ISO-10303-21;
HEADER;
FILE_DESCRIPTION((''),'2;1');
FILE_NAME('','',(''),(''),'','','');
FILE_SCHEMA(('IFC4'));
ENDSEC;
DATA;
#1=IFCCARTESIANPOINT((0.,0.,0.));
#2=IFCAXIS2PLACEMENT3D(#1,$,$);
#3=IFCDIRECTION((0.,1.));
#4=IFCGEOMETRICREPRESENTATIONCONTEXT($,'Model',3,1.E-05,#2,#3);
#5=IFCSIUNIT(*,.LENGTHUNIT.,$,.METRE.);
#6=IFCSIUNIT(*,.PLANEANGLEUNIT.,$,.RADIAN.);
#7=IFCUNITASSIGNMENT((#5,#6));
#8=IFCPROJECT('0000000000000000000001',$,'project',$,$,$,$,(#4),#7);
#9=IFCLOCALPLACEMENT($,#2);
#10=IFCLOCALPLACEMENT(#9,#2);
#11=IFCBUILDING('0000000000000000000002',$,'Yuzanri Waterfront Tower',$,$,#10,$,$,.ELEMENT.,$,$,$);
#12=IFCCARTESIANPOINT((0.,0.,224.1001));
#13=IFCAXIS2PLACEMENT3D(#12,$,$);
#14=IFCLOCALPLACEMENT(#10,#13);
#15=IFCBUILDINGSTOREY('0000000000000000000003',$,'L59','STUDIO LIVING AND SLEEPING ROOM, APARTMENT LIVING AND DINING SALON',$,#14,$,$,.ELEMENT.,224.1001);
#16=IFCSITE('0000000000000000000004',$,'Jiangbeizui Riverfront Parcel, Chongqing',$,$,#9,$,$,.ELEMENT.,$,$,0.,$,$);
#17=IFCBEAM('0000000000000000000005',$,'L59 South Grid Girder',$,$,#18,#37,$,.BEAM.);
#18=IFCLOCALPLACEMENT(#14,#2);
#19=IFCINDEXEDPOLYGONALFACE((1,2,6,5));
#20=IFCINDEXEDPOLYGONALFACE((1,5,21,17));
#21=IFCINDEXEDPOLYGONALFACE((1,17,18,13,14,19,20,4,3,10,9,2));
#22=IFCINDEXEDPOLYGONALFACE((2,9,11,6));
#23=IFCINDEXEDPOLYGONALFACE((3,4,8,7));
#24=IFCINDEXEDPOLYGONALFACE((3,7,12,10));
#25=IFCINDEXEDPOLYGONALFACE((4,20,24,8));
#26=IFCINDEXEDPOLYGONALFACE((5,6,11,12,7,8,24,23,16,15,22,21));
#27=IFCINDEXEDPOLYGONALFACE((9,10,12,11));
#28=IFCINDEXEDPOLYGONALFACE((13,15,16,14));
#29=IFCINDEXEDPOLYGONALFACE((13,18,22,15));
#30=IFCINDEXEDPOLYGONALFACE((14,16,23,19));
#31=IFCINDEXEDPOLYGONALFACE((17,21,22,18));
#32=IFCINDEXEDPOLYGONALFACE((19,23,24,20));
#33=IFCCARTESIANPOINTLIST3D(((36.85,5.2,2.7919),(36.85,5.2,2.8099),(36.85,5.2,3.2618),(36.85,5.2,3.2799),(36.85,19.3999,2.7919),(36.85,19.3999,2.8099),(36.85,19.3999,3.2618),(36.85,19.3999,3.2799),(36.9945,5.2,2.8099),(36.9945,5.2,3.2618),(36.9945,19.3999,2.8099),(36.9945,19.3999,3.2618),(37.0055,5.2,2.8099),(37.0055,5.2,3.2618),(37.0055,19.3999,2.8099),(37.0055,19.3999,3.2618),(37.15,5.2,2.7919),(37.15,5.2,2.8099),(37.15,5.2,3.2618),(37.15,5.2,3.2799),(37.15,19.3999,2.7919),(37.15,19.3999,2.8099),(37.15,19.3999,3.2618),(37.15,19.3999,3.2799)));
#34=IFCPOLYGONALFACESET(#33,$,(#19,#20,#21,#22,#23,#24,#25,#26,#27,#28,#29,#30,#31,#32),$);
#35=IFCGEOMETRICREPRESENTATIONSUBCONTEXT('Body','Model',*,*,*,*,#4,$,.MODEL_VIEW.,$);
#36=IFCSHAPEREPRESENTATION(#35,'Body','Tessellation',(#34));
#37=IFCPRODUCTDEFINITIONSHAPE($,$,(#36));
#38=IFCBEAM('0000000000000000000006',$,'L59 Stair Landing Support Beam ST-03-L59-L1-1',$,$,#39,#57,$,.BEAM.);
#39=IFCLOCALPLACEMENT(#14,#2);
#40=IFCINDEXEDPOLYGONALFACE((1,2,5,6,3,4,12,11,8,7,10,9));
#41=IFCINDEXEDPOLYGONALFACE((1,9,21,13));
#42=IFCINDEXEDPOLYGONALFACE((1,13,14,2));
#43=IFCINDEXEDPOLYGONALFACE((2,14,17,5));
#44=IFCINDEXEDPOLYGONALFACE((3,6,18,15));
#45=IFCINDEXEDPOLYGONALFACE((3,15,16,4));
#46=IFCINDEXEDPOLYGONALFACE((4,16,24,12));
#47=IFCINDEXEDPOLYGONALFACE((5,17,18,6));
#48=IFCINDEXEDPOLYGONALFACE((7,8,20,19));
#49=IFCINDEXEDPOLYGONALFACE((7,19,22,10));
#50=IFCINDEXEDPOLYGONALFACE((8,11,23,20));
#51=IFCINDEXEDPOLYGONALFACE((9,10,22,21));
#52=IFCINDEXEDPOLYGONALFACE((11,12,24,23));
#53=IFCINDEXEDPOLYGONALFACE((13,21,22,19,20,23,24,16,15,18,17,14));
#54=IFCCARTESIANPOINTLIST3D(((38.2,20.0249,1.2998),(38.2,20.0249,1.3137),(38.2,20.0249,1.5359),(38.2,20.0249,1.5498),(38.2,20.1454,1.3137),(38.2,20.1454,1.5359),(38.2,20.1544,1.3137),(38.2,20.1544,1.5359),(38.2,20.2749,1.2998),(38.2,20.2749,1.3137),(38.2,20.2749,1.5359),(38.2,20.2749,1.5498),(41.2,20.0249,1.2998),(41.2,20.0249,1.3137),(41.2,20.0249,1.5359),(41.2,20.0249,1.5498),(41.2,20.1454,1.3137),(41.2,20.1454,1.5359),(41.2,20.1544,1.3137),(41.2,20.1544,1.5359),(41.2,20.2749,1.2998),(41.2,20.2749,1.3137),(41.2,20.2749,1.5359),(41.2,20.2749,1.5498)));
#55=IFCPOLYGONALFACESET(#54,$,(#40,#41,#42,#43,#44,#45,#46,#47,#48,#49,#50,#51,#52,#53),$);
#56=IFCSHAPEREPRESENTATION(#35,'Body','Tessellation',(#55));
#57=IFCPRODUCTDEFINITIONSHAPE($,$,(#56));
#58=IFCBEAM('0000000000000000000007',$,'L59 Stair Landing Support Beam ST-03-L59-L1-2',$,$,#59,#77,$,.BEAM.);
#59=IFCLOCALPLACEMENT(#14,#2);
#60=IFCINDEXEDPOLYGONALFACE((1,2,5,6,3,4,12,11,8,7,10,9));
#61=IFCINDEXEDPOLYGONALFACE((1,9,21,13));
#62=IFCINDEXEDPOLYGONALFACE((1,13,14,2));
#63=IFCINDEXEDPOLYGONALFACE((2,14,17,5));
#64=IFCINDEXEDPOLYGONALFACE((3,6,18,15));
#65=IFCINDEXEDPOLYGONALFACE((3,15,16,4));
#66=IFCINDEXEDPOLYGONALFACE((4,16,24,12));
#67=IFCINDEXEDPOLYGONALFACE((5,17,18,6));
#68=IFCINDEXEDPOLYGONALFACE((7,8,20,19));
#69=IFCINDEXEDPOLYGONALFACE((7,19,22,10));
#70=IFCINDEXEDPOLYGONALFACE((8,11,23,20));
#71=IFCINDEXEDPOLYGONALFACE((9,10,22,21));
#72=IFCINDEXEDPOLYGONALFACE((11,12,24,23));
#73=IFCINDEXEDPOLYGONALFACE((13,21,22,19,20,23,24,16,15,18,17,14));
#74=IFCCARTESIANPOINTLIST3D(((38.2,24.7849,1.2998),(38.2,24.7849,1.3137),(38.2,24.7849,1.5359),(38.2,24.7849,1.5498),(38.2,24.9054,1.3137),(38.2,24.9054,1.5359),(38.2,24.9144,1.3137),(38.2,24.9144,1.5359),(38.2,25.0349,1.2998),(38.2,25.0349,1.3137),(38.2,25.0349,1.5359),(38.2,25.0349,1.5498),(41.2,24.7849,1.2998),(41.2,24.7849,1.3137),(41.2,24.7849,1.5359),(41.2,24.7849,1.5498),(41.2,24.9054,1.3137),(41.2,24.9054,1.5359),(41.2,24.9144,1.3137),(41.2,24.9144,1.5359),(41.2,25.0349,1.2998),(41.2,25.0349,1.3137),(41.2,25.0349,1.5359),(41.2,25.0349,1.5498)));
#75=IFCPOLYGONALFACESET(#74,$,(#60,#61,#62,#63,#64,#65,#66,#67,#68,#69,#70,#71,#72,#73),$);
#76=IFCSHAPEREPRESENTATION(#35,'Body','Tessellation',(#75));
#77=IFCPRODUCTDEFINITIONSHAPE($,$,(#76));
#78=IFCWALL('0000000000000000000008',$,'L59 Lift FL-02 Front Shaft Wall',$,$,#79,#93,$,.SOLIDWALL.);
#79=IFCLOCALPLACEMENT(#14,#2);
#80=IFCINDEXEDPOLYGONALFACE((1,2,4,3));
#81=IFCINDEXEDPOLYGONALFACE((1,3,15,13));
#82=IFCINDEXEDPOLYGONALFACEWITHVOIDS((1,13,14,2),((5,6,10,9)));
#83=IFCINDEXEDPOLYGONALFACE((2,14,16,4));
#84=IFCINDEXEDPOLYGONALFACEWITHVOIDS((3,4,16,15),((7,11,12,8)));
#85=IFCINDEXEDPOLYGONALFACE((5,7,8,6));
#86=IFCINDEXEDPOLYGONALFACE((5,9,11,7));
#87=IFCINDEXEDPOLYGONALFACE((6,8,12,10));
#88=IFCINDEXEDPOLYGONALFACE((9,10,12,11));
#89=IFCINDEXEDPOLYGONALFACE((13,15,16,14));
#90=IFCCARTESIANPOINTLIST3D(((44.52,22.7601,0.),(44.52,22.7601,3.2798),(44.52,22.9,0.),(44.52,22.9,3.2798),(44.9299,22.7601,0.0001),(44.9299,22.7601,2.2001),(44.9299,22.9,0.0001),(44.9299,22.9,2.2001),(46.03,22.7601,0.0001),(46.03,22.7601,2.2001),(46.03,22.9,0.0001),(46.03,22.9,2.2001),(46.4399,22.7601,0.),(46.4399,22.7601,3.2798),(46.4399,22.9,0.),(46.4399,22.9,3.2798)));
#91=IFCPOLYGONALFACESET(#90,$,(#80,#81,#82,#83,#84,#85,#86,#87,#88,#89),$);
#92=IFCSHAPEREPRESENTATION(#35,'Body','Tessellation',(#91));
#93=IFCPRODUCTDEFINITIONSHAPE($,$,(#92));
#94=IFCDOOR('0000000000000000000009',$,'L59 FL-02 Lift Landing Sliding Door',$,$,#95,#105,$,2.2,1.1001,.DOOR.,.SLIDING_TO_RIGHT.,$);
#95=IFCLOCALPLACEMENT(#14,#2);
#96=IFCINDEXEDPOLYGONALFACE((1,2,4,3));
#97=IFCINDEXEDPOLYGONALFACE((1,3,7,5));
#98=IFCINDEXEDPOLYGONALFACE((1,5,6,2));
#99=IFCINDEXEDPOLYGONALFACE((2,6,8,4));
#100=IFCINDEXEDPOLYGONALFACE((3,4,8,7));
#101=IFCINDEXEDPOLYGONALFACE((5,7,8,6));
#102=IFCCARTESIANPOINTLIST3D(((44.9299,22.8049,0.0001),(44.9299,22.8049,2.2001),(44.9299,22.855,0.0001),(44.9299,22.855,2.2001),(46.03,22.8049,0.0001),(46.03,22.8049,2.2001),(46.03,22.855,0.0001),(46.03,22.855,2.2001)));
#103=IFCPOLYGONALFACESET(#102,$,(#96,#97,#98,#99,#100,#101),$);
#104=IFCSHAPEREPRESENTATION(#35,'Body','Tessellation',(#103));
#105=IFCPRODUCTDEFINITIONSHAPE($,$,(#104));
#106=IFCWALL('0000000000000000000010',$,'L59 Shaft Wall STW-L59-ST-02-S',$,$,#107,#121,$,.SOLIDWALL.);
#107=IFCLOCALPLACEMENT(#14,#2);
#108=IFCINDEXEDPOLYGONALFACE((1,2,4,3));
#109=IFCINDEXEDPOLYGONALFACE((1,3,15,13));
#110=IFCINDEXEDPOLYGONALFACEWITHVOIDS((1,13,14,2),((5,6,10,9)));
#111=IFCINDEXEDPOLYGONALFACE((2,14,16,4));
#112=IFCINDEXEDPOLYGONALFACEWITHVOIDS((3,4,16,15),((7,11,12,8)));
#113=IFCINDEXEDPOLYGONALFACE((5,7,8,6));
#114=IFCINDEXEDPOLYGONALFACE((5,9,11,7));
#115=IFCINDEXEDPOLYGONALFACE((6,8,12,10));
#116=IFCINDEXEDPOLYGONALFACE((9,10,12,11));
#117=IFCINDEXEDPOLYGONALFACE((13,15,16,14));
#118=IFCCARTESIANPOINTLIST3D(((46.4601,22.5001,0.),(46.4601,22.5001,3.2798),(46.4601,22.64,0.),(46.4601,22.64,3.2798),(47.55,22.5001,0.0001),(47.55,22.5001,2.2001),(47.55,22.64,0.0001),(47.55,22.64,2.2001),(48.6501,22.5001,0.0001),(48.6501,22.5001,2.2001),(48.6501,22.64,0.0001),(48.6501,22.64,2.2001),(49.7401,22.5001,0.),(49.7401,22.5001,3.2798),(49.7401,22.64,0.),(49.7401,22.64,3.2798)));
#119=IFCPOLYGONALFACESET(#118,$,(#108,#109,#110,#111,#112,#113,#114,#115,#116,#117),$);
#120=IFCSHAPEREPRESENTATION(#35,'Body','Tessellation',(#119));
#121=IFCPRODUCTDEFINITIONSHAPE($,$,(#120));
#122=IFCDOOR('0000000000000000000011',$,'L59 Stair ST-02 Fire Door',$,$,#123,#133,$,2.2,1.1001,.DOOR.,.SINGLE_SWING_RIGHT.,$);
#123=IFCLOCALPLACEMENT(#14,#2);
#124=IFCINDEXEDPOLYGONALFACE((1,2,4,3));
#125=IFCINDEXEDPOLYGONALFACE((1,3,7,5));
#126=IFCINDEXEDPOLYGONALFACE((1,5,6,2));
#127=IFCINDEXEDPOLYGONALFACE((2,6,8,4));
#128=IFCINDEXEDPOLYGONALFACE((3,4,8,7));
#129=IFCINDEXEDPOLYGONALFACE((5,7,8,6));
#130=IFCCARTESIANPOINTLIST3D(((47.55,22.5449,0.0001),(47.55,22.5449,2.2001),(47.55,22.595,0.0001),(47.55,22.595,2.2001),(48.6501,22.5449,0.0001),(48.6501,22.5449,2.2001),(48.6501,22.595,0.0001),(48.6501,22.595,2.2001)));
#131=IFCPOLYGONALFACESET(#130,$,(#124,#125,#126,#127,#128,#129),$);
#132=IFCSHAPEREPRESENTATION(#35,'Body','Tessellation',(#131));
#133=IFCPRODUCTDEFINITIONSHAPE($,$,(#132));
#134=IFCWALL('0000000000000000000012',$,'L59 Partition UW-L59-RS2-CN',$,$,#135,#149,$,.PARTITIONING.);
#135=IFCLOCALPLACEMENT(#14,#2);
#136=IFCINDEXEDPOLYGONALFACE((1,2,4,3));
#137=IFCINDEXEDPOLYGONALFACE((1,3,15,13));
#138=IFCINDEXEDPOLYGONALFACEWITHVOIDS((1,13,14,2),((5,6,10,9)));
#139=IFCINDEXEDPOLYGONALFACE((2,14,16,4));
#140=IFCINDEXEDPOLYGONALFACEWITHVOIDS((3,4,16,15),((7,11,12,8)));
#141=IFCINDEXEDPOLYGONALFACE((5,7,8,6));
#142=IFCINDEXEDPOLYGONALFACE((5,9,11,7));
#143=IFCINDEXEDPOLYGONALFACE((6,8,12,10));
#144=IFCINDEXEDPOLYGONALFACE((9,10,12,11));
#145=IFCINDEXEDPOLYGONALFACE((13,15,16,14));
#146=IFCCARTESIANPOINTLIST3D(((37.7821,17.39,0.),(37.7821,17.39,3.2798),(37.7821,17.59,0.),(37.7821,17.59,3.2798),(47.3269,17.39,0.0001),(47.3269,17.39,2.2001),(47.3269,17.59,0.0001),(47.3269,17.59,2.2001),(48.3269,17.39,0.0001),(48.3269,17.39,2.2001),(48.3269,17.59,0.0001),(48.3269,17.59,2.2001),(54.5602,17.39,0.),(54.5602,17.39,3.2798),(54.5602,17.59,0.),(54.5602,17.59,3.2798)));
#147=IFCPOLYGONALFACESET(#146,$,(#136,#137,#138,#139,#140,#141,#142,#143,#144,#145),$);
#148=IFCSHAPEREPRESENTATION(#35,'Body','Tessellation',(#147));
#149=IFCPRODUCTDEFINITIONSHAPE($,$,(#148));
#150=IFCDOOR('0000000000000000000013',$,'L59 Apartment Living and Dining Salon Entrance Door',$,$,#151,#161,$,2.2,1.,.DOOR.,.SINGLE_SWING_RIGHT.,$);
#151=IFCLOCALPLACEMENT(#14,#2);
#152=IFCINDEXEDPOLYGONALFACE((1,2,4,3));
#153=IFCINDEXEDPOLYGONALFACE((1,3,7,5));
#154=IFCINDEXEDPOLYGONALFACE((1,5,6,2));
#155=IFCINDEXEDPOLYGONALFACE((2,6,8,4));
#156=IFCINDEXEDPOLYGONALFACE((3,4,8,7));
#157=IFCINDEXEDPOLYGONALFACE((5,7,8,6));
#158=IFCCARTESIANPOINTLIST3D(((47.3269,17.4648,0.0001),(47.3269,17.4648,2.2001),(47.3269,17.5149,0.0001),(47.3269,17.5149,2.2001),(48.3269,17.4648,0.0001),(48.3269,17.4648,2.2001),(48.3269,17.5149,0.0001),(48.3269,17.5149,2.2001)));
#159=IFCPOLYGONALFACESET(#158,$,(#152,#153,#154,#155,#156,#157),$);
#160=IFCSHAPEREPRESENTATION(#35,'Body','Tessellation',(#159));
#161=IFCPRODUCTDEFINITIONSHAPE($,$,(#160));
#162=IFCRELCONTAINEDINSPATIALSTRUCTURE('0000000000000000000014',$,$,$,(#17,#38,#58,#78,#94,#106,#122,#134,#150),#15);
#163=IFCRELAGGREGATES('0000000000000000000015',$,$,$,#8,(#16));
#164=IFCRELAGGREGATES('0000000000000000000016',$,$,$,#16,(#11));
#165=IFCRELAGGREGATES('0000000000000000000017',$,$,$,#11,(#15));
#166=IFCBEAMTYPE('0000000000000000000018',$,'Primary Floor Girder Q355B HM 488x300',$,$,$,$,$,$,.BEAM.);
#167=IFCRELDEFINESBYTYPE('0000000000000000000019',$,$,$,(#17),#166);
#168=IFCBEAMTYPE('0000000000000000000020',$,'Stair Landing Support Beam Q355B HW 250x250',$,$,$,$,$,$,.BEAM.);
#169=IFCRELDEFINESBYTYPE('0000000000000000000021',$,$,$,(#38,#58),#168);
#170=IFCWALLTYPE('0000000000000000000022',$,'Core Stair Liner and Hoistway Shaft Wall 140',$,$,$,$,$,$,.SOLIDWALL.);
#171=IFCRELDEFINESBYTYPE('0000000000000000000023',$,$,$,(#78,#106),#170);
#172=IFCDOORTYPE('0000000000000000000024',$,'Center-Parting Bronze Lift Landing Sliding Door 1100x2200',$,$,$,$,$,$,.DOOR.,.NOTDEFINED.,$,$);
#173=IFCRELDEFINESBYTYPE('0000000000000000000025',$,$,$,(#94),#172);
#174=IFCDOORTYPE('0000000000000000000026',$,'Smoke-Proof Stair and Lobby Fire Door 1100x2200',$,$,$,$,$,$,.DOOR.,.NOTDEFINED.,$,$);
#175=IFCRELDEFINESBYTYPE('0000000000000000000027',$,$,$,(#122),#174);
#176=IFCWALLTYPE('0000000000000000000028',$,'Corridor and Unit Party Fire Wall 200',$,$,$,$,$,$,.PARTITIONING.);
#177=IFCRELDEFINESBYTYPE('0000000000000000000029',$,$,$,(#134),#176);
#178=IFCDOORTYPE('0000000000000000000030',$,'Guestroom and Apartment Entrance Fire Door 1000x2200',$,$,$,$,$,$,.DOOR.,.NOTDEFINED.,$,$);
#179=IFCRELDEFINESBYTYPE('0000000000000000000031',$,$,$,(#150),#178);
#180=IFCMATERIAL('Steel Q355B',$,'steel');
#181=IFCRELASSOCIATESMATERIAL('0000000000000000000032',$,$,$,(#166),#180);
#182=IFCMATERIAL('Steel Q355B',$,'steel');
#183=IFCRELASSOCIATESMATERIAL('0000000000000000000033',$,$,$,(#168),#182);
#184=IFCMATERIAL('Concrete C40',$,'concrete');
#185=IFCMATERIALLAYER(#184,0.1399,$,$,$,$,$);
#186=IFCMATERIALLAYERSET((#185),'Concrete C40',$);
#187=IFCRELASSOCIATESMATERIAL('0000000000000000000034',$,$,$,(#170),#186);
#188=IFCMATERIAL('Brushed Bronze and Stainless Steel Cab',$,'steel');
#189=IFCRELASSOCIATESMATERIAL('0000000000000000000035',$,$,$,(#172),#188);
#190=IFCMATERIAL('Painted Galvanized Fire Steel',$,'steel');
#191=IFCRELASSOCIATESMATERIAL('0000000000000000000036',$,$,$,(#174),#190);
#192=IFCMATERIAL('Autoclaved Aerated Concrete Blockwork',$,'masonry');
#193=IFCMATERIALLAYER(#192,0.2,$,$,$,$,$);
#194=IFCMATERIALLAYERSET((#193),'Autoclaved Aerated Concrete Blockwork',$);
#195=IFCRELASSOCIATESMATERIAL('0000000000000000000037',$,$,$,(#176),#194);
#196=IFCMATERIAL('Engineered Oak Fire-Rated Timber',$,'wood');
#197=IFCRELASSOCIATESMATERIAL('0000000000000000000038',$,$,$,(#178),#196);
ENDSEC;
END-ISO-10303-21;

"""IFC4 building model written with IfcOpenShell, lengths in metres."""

from ifc_helpers import new_model, si_unit, direction, frame, frame_2d, origin, origin_2d, place, context, subcontext, project, spatial, rectangle, i_section, extrude, source, transform, mapped, material, layer, layer_set, material_profile, profile_set, type_object, element, fill, save


model = new_model("IFC4")

# Units and contexts
model_context = context("Model", 3, precision=1e-05, world=origin(), true_north=direction((0.0, 1.0)))
body_context = subcontext(model_context, "Body", "Model", "MODEL_VIEW")
ifc_project = project(units=[si_unit("LENGTHUNIT", "METRE"), si_unit("PLANEANGLEUNIT", "RADIAN")], contexts=[model_context])

# Site, building, storey
site_placement = place(None, origin())
site = spatial("IfcSite", under=ifc_project, at=site_placement, Name="Jiangbeizui Riverfront Parcel, Chongqing", CompositionType="ELEMENT", RefElevation=0.0)
building_placement = place(site_placement, origin())
building = spatial("IfcBuilding", under=site, at=building_placement, Name="Yuzanri Waterfront Tower", CompositionType="ELEMENT")
storey_placement = place(building_placement, frame((0.0, 0.0, 224.1001)))
storey = spatial("IfcBuildingStorey", under=building, at=storey_placement, Name="L59", Description="STUDIO LIVING AND SLEEPING ROOM, APARTMENT LIVING AND DINING SALON", CompositionType="ELEMENT", Elevation=224.1001)

# Beams
ifc_material_1 = material(Name="Steel Q355B", Category="steel")
ifc_material_profile_1 = material_profile(ifc_material_1, i_section(OverallWidth=0.3, OverallDepth=0.488, WebThickness=0.011, FlangeThickness=0.0181, at=origin_2d()), Name="HM 488x300x11x18")
ifc_profile_set_1 = profile_set([ifc_material_profile_1], Name="Steel Q355B")
beam_type_1 = type_object("IfcBeamType", Name="Primary Floor Girder Q355B HM 488x300", PredefinedType="BEAM", material=ifc_profile_set_1)
shared_shape_1 = source(origin(), body_context, "Body", "SweptSolid", [
    extrude(i_section(OverallWidth=0.3, OverallDepth=0.488, WebThickness=0.011, FlangeThickness=0.0181, at=origin_2d()), origin(), (0.0, 0.0, 1.0), 14.2),
])
beam_placement = place(storey_placement, frame((37.0, 19.3999, 3.0359), z_axis=(0.0, -1.0, 0.0), x_axis=(1.0, 0.0, 0.0)))
element("IfcBeam", 1, at=beam_placement, inside=storey, type_object=beam_type_1, Name="L59 South Grid Girder", PredefinedType="BEAM", context=body_context, shape_type="MappedRepresentation", body=[
    mapped(shared_shape_1, transform((0.0, 0.0, 0.0), scale=1.0)),
])
ifc_material_2 = material(Name="Steel Q355B", Category="steel")
ifc_material_profile_2 = material_profile(ifc_material_2, i_section(OverallWidth=0.25, OverallDepth=0.25, WebThickness=0.009, FlangeThickness=0.0139, at=origin_2d()), Name="HW 250x250x9x14")
ifc_profile_set_2 = profile_set([ifc_material_profile_2], Name="Steel Q355B")
beam_type_2 = type_object("IfcBeamType", Name="Stair Landing Support Beam Q355B HW 250x250", PredefinedType="BEAM", material=ifc_profile_set_2)
shared_shape_2 = source(origin(), body_context, "Body", "SweptSolid", [
    extrude(i_section(OverallWidth=0.25, OverallDepth=0.25, WebThickness=0.009, FlangeThickness=0.0139, at=origin_2d()), origin(), (0.0, 0.0, 1.0), 3.0),
])
for number, where, z_axis, x_axis, name in (
    (2, (38.2, 20.1499, 1.4248), (1.0, 0.0, 0.0), (0.0, 1.0, 0.0), "L59 Stair Landing Support Beam ST-03-L59-L1-1"),
    (3, (38.2, 24.9099, 1.4248), (1.0, 0.0, 0.0), (0.0, 1.0, 0.0), "L59 Stair Landing Support Beam ST-03-L59-L1-2"),
):
    element("IfcBeam", number, at=place(storey_placement, frame(where, z_axis=z_axis, x_axis=x_axis)), inside=storey, type_object=beam_type_2, Name=name, PredefinedType="BEAM", context=body_context, shape_type="MappedRepresentation", body=[
        mapped(shared_shape_2, transform((0.0, 0.0, 0.0), scale=1.0)),
    ])

# Walls, openings, doors
ifc_material_3 = material(Name="Concrete C40", Category="concrete")
ifc_layer_1 = layer(ifc_material_3, 0.1399)
ifc_layer_set_1 = layer_set([ifc_layer_1], Name="Concrete C40")
wall_type_1 = type_object("IfcWallType", Name="Core Stair Liner and Hoistway Shaft Wall 140", PredefinedType="SOLIDWALL", material=ifc_layer_set_1)
wall_1_placement = place(storey_placement, frame((44.52, 22.8301, 0.0), z_axis=(0.0, 0.0, 1.0), x_axis=(1.0, 0.0, 0.0)))
wall_1 = element("IfcWall", 4, at=wall_1_placement, inside=storey, type_object=wall_type_1, Name="L59 Lift FL-02 Front Shaft Wall", PredefinedType="SOLIDWALL", context=body_context, shape_type="SweptSolid", body=[
    extrude(rectangle(XDim=1.9199, YDim=0.1399, at=frame_2d((0.96, 0.0))), origin(), (0.0, 0.0, 1.0), 3.2798),
])
opening_1_placement = place(wall_1_placement, frame((0.4099, 0.0, 0.0)))
opening_1 = element("IfcOpeningElement", 5, at=opening_1_placement, cuts=wall_1, PredefinedType="OPENING", context=body_context, shape_type="SweptSolid", body=[
    extrude(rectangle(XDim=1.1001, YDim=2.2, at=frame_2d((0.55, 1.1001))), frame((0.0, 0.085, 0.0), z_axis=(0.0, -1.0, 0.0), x_axis=(1.0, 0.0, 0.0)), (0.0, 0.0, 1.0), 0.1697),
])
ifc_material_4 = material(Name="Brushed Bronze and Stainless Steel Cab", Category="steel")
door_type_1 = type_object("IfcDoorType", Name="Center-Parting Bronze Lift Landing Sliding Door 1100x2200", OperationType="NOTDEFINED", PredefinedType="DOOR", material=ifc_material_4)
shared_shape_3 = source(origin(), body_context, "Body", "SweptSolid", [
    extrude(rectangle(XDim=1.1001, YDim=2.2, at=frame_2d((0.55, 1.1001))), frame((0.0, 0.0249, 0.0), z_axis=(0.0, -1.0, 0.0), x_axis=(1.0, 0.0, 0.0)), (0.0, 0.0, 1.0), 0.05),
])
door_1_placement = place(opening_1_placement, origin())
door_1 = element("IfcDoor", 6, at=door_1_placement, inside=storey, type_object=door_type_1, Name="L59 FL-02 Lift Landing Sliding Door", OperationType="SLIDING_TO_RIGHT", OverallHeight=2.2, OverallWidth=1.1001, PredefinedType="DOOR", context=body_context, shape_type="MappedRepresentation", body=[
    mapped(shared_shape_3, transform((0.0, 0.0, 0.0), scale=1.0)),
])
fill(opening_1, door_1)
wall_2_placement = place(storey_placement, frame((46.46, 22.5701, 0.0), z_axis=(0.0, 0.0, 1.0), x_axis=(1.0, 0.0, 0.0)))
wall_2 = element("IfcWall", 7, at=wall_2_placement, inside=storey, type_object=wall_type_1, Name="L59 Shaft Wall STW-L59-ST-02-S", PredefinedType="SOLIDWALL", context=body_context, shape_type="SweptSolid", body=[
    extrude(rectangle(XDim=3.28, YDim=0.1399, at=frame_2d((1.6401, 0.0))), origin(), (0.0, 0.0, 1.0), 3.2798),
])
opening_2_placement = place(wall_2_placement, frame((1.0901, 0.0, 0.0)))
opening_2 = element("IfcOpeningElement", 8, at=opening_2_placement, cuts=wall_2, PredefinedType="OPENING", context=body_context, shape_type="SweptSolid", body=[
    extrude(rectangle(XDim=1.1001, YDim=2.2, at=frame_2d((0.55, 1.1001))), frame((0.0, 0.085, 0.0), z_axis=(0.0, -1.0, 0.0), x_axis=(1.0, 0.0, 0.0)), (0.0, 0.0, 1.0), 0.1697),
])
ifc_material_5 = material(Name="Painted Galvanized Fire Steel", Category="steel")
door_type_2 = type_object("IfcDoorType", Name="Smoke-Proof Stair and Lobby Fire Door 1100x2200", OperationType="NOTDEFINED", PredefinedType="DOOR", material=ifc_material_5)
shared_shape_4 = source(origin(), body_context, "Body", "SweptSolid", [
    extrude(rectangle(XDim=1.1001, YDim=2.2, at=frame_2d((0.55, 1.1001))), frame((0.0, 0.0249, 0.0), z_axis=(0.0, -1.0, 0.0), x_axis=(1.0, 0.0, 0.0)), (0.0, 0.0, 1.0), 0.05),
])
door_2_placement = place(opening_2_placement, origin())
door_2 = element("IfcDoor", 9, at=door_2_placement, inside=storey, type_object=door_type_2, Name="L59 Stair ST-02 Fire Door", OperationType="SINGLE_SWING_RIGHT", OverallHeight=2.2, OverallWidth=1.1001, PredefinedType="DOOR", context=body_context, shape_type="MappedRepresentation", body=[
    mapped(shared_shape_4, transform((0.0, 0.0, 0.0), scale=1.0)),
])
fill(opening_2, door_2)
ifc_material_6 = material(Name="Autoclaved Aerated Concrete Blockwork", Category="masonry")
ifc_layer_2 = layer(ifc_material_6, 0.2)
ifc_layer_set_2 = layer_set([ifc_layer_2], Name="Autoclaved Aerated Concrete Blockwork")
wall_type_2 = type_object("IfcWallType", Name="Corridor and Unit Party Fire Wall 200", PredefinedType="PARTITIONING", material=ifc_layer_set_2)
wall_3_placement = place(storey_placement, frame((37.782, 17.49, 0.0), z_axis=(0.0, 0.0, 1.0), x_axis=(1.0, 0.0, 0.0)))
wall_3 = element("IfcWall", 10, at=wall_3_placement, inside=storey, type_object=wall_type_2, Name="L59 Partition UW-L59-RS2-CN", PredefinedType="PARTITIONING", context=body_context, shape_type="SweptSolid", body=[
    extrude(rectangle(XDim=16.7781, YDim=0.2, at=frame_2d((8.3892, 0.0))), origin(), (0.0, 0.0, 1.0), 3.2798),
])
opening_3_placement = place(wall_3_placement, frame((9.5449, 0.0, 0.0)))
opening_3 = element("IfcOpeningElement", 11, at=opening_3_placement, cuts=wall_3, PredefinedType="OPENING", context=body_context, shape_type="SweptSolid", body=[
    extrude(rectangle(XDim=1.0, YDim=2.2, at=frame_2d((0.5, 1.1001))), frame((0.0, 0.1147, 0.0), z_axis=(0.0, -1.0, 0.0), x_axis=(1.0, 0.0, 0.0)), (0.0, 0.0, 1.0), 0.2297),
])
ifc_material_7 = material(Name="Engineered Oak Fire-Rated Timber", Category="wood")
door_type_3 = type_object("IfcDoorType", Name="Guestroom and Apartment Entrance Fire Door 1000x2200", OperationType="NOTDEFINED", PredefinedType="DOOR", material=ifc_material_7)
shared_shape_5 = source(origin(), body_context, "Body", "SweptSolid", [
    extrude(rectangle(XDim=1.0, YDim=2.2, at=frame_2d((0.5, 1.1001))), frame((0.0, 0.0249, 0.0), z_axis=(0.0, -1.0, 0.0), x_axis=(1.0, 0.0, 0.0)), (0.0, 0.0, 1.0), 0.05),
])
door_3_placement = place(opening_3_placement, origin())
door_3 = element("IfcDoor", 12, at=door_3_placement, inside=storey, type_object=door_type_3, Name="L59 Apartment Living and Dining Salon Entrance Door", OperationType="SINGLE_SWING_RIGHT", OverallHeight=2.2, OverallWidth=1.0, PredefinedType="DOOR", context=body_context, shape_type="MappedRepresentation", body=[
    mapped(shared_shape_5, transform((0.0, 0.0, 0.0), scale=1.0)),
])
fill(opening_3, door_3)

save(model, "model.ifc")
